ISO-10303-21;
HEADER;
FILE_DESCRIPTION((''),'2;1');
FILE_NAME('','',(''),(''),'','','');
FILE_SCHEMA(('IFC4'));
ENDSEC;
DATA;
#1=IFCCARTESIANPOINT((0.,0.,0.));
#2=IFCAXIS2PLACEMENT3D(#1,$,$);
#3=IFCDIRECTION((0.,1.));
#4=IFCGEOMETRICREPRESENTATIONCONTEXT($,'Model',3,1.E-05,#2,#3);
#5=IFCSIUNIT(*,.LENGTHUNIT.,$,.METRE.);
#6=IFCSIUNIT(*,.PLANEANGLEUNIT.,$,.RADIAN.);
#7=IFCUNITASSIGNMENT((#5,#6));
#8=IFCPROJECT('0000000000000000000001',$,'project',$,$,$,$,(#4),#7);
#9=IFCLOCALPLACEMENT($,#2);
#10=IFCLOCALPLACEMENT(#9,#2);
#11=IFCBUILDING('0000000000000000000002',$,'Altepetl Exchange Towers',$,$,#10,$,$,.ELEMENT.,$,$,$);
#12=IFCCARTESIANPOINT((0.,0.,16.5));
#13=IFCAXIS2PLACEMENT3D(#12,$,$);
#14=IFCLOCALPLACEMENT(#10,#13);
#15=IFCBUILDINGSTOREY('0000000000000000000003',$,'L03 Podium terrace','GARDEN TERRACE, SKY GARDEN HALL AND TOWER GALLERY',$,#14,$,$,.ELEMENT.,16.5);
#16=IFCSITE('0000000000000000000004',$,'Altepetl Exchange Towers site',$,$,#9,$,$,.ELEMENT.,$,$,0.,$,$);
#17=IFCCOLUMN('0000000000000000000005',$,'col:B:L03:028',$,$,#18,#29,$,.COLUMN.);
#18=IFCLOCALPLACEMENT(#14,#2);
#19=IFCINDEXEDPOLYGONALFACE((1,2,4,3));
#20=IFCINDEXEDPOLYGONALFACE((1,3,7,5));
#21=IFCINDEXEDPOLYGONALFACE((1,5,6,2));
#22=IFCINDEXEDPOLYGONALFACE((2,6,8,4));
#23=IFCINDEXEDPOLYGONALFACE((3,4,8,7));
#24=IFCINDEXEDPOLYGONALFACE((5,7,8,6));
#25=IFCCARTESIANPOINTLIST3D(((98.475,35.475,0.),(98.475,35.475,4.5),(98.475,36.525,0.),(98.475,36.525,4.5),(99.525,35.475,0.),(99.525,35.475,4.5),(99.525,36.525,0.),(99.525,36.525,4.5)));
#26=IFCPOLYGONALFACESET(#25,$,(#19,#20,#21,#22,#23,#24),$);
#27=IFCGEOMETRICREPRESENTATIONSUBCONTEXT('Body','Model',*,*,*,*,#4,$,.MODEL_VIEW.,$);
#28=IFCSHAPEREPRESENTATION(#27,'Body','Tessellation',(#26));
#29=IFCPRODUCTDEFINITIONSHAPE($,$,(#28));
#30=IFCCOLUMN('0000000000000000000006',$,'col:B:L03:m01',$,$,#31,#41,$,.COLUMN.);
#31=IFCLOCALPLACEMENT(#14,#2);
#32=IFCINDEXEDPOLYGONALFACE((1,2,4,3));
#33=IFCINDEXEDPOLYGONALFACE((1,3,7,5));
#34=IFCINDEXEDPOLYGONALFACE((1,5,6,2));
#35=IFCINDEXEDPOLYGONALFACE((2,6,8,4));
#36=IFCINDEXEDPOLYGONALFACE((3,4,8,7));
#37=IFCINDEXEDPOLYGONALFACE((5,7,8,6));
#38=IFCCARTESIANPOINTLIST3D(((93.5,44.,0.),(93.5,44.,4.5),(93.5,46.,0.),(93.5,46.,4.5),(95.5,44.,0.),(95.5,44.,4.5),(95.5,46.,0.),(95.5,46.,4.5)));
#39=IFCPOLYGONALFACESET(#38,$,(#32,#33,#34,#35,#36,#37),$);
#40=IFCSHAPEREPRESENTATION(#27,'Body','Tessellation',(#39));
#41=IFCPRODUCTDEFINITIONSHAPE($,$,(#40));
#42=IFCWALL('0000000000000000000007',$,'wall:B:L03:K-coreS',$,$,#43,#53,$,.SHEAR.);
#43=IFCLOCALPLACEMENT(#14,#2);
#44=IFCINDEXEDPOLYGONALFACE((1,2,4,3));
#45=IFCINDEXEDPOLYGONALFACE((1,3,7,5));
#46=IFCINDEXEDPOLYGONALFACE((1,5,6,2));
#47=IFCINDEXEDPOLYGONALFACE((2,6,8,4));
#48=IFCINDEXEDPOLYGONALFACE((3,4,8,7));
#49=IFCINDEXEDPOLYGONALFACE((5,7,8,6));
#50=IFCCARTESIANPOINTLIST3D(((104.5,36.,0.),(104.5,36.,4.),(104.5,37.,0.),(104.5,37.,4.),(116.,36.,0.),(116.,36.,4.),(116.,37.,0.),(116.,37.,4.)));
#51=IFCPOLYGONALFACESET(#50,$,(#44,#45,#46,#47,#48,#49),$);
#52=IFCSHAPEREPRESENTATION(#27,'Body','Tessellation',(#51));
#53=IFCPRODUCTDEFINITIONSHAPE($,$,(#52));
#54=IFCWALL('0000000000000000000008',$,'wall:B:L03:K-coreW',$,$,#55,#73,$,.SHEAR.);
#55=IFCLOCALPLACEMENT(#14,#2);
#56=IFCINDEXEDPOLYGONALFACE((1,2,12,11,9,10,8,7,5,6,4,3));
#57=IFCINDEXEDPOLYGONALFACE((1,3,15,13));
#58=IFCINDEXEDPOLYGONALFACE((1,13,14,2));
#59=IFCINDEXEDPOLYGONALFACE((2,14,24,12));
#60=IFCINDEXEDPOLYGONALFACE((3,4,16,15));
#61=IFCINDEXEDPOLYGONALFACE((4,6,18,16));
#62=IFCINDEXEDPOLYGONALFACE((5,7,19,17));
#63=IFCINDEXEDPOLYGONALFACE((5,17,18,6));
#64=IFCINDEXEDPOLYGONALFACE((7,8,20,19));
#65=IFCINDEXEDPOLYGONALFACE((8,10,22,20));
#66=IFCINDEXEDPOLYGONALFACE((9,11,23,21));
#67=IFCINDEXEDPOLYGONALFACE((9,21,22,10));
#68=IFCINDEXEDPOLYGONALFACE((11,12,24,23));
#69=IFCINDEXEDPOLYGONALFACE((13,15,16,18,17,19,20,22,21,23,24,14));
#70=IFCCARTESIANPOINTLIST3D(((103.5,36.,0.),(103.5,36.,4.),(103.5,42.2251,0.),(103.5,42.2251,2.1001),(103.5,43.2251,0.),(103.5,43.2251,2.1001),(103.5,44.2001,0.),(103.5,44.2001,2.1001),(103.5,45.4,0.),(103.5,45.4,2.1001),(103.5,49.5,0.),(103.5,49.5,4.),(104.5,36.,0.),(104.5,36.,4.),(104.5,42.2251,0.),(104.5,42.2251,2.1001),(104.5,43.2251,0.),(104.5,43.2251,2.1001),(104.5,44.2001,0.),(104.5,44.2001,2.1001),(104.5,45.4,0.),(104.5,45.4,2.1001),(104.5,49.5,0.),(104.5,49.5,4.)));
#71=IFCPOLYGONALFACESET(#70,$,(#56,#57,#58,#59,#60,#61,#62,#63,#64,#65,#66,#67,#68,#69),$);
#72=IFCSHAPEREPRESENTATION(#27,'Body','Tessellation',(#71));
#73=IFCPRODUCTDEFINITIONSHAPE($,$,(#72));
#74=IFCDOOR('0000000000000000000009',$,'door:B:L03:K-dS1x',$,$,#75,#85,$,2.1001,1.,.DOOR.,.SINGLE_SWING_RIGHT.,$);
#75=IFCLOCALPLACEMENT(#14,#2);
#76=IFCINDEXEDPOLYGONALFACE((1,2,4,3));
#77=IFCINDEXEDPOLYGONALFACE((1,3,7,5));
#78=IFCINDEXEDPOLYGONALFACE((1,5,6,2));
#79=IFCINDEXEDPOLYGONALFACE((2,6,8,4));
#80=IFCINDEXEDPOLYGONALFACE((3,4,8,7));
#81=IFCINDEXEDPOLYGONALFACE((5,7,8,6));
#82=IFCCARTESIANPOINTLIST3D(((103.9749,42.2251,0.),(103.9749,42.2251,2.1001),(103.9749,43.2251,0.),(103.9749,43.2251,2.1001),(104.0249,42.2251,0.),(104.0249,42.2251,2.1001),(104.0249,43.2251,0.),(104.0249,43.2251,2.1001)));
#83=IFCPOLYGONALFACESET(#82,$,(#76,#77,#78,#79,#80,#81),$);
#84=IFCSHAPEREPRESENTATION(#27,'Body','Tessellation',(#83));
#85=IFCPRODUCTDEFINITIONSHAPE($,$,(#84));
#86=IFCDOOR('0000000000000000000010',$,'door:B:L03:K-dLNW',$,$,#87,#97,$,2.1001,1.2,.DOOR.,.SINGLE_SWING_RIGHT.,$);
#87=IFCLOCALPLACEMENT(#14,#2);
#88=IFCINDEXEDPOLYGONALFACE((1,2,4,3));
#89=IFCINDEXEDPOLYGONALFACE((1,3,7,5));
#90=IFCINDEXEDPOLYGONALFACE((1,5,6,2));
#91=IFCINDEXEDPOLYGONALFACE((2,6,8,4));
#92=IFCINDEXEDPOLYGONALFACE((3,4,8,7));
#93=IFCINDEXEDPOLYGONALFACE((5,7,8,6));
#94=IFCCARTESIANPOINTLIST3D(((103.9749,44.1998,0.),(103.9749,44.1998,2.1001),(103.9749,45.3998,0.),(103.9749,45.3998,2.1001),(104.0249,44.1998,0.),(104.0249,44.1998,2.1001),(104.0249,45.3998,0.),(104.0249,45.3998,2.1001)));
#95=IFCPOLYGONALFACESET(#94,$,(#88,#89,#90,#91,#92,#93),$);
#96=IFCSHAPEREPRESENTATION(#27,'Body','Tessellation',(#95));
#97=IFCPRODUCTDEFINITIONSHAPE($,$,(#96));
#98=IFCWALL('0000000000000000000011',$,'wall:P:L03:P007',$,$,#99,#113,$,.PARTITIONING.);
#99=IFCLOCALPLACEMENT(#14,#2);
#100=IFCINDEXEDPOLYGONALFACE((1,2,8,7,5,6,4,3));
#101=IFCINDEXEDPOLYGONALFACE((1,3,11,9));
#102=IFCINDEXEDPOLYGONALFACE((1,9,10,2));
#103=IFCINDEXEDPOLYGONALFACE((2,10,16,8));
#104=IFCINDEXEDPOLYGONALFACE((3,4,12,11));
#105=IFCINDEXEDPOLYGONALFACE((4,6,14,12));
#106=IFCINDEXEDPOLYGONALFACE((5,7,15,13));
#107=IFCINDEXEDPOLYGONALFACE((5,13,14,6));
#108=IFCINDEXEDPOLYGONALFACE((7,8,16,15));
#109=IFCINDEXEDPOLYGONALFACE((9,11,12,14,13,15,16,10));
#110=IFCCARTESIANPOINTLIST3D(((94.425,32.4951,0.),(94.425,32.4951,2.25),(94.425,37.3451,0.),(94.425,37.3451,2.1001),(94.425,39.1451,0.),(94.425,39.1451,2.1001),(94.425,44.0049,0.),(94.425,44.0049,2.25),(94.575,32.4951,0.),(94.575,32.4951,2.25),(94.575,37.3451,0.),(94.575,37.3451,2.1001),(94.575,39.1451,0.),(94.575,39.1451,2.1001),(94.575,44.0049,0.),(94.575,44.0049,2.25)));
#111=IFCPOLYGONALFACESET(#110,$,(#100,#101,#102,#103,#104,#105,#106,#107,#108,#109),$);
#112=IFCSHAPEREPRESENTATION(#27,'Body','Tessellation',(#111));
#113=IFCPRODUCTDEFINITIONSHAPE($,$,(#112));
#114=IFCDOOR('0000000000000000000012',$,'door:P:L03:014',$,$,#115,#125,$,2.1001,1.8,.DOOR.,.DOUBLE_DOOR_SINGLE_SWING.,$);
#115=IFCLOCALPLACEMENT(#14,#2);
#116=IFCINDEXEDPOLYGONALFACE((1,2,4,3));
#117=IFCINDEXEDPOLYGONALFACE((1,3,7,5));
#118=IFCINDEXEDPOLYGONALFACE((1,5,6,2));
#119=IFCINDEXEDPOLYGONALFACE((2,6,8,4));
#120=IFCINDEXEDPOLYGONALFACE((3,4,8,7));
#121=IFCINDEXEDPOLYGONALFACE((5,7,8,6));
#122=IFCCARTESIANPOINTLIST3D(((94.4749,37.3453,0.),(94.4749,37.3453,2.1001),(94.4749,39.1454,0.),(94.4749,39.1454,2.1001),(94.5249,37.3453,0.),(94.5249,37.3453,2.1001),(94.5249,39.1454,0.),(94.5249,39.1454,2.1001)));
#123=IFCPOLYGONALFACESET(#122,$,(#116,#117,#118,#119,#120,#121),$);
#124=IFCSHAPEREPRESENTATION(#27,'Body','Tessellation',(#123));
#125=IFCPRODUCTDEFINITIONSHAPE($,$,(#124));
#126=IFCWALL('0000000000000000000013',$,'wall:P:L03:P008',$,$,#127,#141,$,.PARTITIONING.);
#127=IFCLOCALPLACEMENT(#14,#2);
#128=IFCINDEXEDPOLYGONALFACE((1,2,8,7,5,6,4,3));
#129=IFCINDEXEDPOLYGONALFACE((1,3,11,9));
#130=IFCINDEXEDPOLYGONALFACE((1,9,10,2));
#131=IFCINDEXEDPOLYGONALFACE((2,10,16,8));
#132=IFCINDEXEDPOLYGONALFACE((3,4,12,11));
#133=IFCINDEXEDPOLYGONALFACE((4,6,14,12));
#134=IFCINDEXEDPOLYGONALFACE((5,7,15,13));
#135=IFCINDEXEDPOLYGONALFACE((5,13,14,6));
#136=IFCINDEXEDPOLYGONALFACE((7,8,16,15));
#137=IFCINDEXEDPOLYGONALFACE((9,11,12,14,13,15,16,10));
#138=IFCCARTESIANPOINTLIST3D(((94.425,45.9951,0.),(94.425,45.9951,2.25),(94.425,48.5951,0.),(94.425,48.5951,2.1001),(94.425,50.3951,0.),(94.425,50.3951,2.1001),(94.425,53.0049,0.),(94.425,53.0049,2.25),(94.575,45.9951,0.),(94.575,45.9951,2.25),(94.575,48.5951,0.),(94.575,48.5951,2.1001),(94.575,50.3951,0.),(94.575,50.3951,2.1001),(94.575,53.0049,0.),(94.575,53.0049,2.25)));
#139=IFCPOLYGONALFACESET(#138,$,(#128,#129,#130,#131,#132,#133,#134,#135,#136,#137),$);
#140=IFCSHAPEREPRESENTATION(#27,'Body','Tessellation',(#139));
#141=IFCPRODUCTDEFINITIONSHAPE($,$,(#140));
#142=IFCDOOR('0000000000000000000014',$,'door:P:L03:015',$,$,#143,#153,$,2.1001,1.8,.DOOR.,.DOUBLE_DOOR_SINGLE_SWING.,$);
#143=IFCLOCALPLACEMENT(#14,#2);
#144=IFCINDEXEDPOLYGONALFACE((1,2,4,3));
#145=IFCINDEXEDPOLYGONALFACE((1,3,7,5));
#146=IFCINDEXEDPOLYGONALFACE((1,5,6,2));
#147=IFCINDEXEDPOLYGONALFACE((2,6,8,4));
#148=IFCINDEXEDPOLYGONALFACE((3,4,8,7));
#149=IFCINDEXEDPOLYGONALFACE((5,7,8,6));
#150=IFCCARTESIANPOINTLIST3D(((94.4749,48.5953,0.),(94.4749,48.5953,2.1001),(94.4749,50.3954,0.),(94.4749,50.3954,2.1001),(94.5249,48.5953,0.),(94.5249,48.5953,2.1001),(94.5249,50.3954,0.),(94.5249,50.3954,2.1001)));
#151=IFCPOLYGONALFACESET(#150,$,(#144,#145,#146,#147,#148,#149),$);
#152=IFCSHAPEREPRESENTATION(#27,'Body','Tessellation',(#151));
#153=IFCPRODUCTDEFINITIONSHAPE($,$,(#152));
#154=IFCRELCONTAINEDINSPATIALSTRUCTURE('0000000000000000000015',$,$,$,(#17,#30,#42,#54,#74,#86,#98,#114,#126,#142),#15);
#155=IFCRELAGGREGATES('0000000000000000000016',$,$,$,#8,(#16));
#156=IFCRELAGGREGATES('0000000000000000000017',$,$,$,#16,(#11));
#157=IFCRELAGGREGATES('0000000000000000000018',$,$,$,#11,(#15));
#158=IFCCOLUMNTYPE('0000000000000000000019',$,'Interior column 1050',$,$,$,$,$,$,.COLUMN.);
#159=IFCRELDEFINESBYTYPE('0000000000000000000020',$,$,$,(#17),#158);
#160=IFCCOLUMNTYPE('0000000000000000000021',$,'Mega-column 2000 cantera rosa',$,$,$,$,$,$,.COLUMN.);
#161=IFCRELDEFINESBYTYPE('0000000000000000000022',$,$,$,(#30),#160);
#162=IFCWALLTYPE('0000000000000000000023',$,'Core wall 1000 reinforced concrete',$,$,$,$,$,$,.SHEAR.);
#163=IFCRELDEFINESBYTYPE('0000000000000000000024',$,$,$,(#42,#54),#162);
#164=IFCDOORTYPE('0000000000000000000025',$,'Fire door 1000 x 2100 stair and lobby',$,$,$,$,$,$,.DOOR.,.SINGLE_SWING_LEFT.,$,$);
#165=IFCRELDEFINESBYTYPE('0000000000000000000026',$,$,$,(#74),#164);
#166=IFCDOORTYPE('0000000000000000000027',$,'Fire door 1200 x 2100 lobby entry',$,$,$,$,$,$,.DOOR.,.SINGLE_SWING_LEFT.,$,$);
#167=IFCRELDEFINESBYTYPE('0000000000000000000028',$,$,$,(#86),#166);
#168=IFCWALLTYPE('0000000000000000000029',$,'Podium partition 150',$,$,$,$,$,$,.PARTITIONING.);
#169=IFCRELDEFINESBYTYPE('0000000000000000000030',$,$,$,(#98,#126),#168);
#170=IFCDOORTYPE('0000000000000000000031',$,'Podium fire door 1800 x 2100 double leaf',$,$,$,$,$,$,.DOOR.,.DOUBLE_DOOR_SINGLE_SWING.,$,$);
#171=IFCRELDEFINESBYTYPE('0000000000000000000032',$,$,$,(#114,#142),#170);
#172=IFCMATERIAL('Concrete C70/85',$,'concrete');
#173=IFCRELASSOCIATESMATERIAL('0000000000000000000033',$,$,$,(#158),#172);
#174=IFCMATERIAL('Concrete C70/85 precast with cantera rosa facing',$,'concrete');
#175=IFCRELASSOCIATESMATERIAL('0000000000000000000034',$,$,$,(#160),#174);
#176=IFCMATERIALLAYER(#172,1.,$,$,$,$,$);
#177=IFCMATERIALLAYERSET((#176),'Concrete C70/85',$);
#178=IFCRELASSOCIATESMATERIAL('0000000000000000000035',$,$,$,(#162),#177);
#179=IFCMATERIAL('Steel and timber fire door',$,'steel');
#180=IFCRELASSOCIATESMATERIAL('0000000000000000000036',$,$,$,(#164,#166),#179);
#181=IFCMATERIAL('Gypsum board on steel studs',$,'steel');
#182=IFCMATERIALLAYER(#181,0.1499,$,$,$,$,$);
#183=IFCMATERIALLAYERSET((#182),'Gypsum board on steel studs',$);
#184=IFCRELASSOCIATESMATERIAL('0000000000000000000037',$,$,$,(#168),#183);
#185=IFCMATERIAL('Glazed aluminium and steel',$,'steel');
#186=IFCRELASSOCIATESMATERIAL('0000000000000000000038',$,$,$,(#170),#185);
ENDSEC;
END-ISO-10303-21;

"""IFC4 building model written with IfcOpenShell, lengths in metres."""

from ifc_helpers import new_model, si_unit, direction, frame, frame_2d, origin, origin_2d, place, context, subcontext, project, spatial, rectangle, extrude, material, layer, layer_set, material_profile, profile_set, type_object, element, fill, save


model = new_model("IFC4")

# Units and contexts
model_context = context("Model", 3, precision=1e-05, world=origin(), true_north=direction((0.0, 1.0)))
body_context = subcontext(model_context, "Body", "Model", "MODEL_VIEW")
ifc_project = project(units=[si_unit("LENGTHUNIT", "METRE"), si_unit("PLANEANGLEUNIT", "RADIAN")], contexts=[model_context])

# Site, building, storey
site_placement = place(None, origin())
site = spatial("IfcSite", under=ifc_project, at=site_placement, Name="Altepetl Exchange Towers site", CompositionType="ELEMENT", RefElevation=0.0)
building_placement = place(site_placement, origin())
building = spatial("IfcBuilding", under=site, at=building_placement, Name="Altepetl Exchange Towers", CompositionType="ELEMENT")
storey_placement = place(building_placement, frame((0.0, 0.0, 16.5)))
storey = spatial("IfcBuildingStorey", under=building, at=storey_placement, Name="L03 Podium terrace", Description="GARDEN TERRACE, SKY GARDEN HALL AND TOWER GALLERY", CompositionType="ELEMENT", Elevation=16.5)

# Columns
ifc_material_1 = material(Name="Concrete C70/85", Category="concrete")
ifc_material_profile_1 = material_profile(ifc_material_1, rectangle(XDim=1.05, YDim=1.05, at=origin_2d()), Name="1050 x 1050")
ifc_profile_set_1 = profile_set([ifc_material_profile_1], Name="Concrete C70/85")
column_type_1 = type_object("IfcColumnType", Name="Interior column 1050", PredefinedType="COLUMN", material=ifc_profile_set_1)
column_1_placement = place(storey_placement, frame((99.0, 36.0, 0.0)))
element("IfcColumn", 1, at=column_1_placement, inside=storey, type_object=column_type_1, Name="col:B:L03:028", PredefinedType="COLUMN", context=body_context, shape_type="SweptSolid", body=[
    extrude(rectangle(XDim=1.05, YDim=1.05, at=origin_2d()), origin(), (0.0, 0.0, 1.0), 4.5),
])
ifc_material_2 = material(Name="Concrete C70/85 precast with cantera rosa facing", Category="concrete")
ifc_material_profile_2 = material_profile(ifc_material_2, rectangle(XDim=2.0, YDim=2.0, at=origin_2d()), Name="2000 x 2000")
ifc_profile_set_2 = profile_set([ifc_material_profile_2], Name="Concrete C70/85 precast with cantera rosa facing")
column_type_2 = type_object("IfcColumnType", Name="Mega-column 2000 cantera rosa", PredefinedType="COLUMN", material=ifc_profile_set_2)
column_2_placement = place(storey_placement, frame((94.5, 45.0, 0.0)))
element("IfcColumn", 2, at=column_2_placement, inside=storey, type_object=column_type_2, Name="col:B:L03:m01", PredefinedType="COLUMN", context=body_context, shape_type="SweptSolid", body=[
    extrude(rectangle(XDim=2.0, YDim=2.0, at=origin_2d()), origin(), (0.0, 0.0, 1.0), 4.5),
])

# Wall
ifc_layer_1 = layer(ifc_material_1, 1.0)
ifc_layer_set_1 = layer_set([ifc_layer_1], Name="Concrete C70/85")
wall_type_1 = type_object("IfcWallType", Name="Core wall 1000 reinforced concrete", PredefinedType="SHEAR", material=ifc_layer_set_1)
wall_1_placement = place(storey_placement, frame((104.5, 36.5, 0.0)))
element("IfcWall", 3, at=wall_1_placement, inside=storey, type_object=wall_type_1, Name="wall:B:L03:K-coreS", PredefinedType="SHEAR", context=body_context, shape_type="SweptSolid", body=[
    extrude(rectangle(XDim=11.5, YDim=1.0, at=frame_2d((5.75, 0.0))), origin(), (0.0, 0.0, 1.0), 4.0),
])

# Wall, openings, doors
wall_2_placement = place(storey_placement, frame((104.0, 36.0, 0.0), z_axis=(0.0, 0.0, 1.0), x_axis=(0.0, 1.0, 0.0)))
wall_2 = element("IfcWall", 4, at=wall_2_placement, inside=storey, type_object=wall_type_1, Name="wall:B:L03:K-coreW", PredefinedType="SHEAR", context=body_context, shape_type="SweptSolid", body=[
    extrude(rectangle(XDim=13.5, YDim=1.0, at=frame_2d((6.75, 0.0))), origin(), (0.0, 0.0, 1.0), 4.0),
])
opening_1_placement = place(wall_2_placement, frame((8.2, 0.0, 0.0)))
opening_1 = element("IfcOpeningElement", 5, at=opening_1_placement, cuts=wall_2, PredefinedType="OPENING", context=body_context, shape_type="SweptSolid", body=[
    extrude(rectangle(XDim=1.2, YDim=2.1001, at=frame_2d((0.6001, 1.05))), frame((0.0, 0.51, 0.0), z_axis=(0.0, -1.0, 0.0), x_axis=(1.0, 0.0, 0.0)), (0.0, 0.0, 1.0), 1.02),
])
opening_2_placement = place(wall_2_placement, frame((6.2251, 0.0, 0.0)))
opening_2 = element("IfcOpeningElement", 6, at=opening_2_placement, cuts=wall_2, PredefinedType="OPENING", context=body_context, shape_type="SweptSolid", body=[
    extrude(rectangle(XDim=1.0, YDim=2.1001, at=frame_2d((0.5, 1.05))), frame((0.0, 0.51, 0.0), z_axis=(0.0, -1.0, 0.0), x_axis=(1.0, 0.0, 0.0)), (0.0, 0.0, 1.0), 1.02),
])
ifc_material_3 = material(Name="Steel and timber fire door", Category="steel")
door_type_1 = type_object("IfcDoorType", Name="Fire door 1000 x 2100 stair and lobby", OperationType="SINGLE_SWING_LEFT", PredefinedType="DOOR", material=ifc_material_3)
door_1_placement = place(opening_2_placement, frame((1.0, 0.0, 0.0), x_axis=(-1.0, 0.0, 0.0)))
door_1 = element("IfcDoor", 7, at=door_1_placement, inside=storey, type_object=door_type_1, Name="door:B:L03:K-dS1x", OperationType="SINGLE_SWING_RIGHT", OverallHeight=2.1001, OverallWidth=1.0, PredefinedType="DOOR", context=body_context, shape_type="SweptSolid", body=[
    extrude(rectangle(XDim=1.0, YDim=2.1001, at=frame_2d((0.5, 1.05))), frame((0.0, 0.0249, 0.0), z_axis=(0.0, -1.0, 0.0), x_axis=(1.0, 0.0, 0.0)), (0.0, 0.0, 1.0), 0.05),
])
fill(opening_2, door_1)
door_type_2 = type_object("IfcDoorType", Name="Fire door 1200 x 2100 lobby entry", OperationType="SINGLE_SWING_LEFT", PredefinedType="DOOR", material=ifc_material_3)
door_2_placement = place(opening_1_placement, frame((1.2, 0.0, 0.0), x_axis=(-1.0, 0.0, 0.0)))
door_2 = element("IfcDoor", 8, at=door_2_placement, inside=storey, type_object=door_type_2, Name="door:B:L03:K-dLNW", OperationType="SINGLE_SWING_RIGHT", OverallHeight=2.1001, OverallWidth=1.2, PredefinedType="DOOR", context=body_context, shape_type="SweptSolid", body=[
    extrude(rectangle(XDim=1.2, YDim=2.1001, at=frame_2d((0.6001, 1.05))), frame((0.0, 0.0249, 0.0), z_axis=(0.0, -1.0, 0.0), x_axis=(1.0, 0.0, 0.0)), (0.0, 0.0, 1.0), 0.05),
])
fill(opening_1, door_2)

# Walls, openings, doors
ifc_material_4 = material(Name="Gypsum board on steel studs", Category="steel")
ifc_layer_2 = layer(ifc_material_4, 0.1499)
ifc_layer_set_2 = layer_set([ifc_layer_2], Name="Gypsum board on steel studs")
wall_type_2 = type_object("IfcWallType", Name="Podium partition 150", PredefinedType="PARTITIONING", material=ifc_layer_set_2)
wall_3_placement = place(storey_placement, frame((94.5, 32.4951, 0.0), z_axis=(0.0, 0.0, 1.0), x_axis=(0.0, 1.0, 0.0)))
wall_3 = element("IfcWall", 9, at=wall_3_placement, inside=storey, type_object=wall_type_2, Name="wall:P:L03:P007", PredefinedType="PARTITIONING", context=body_context, shape_type="SweptSolid", body=[
    extrude(rectangle(XDim=11.5098, YDim=0.1499, at=frame_2d((5.7549, 0.0))), origin(), (0.0, 0.0, 1.0), 2.25),
])
opening_3_placement = place(wall_3_placement, frame((4.8501, 0.0, 0.0)))
opening_3 = element("IfcOpeningElement", 10, at=opening_3_placement, cuts=wall_3, PredefinedType="OPENING", context=body_context, shape_type="SweptSolid", body=[
    extrude(rectangle(XDim=1.8, YDim=2.1001, at=frame_2d((0.8999, 1.05))), frame((0.0, 0.085, 0.0), z_axis=(0.0, -1.0, 0.0), x_axis=(1.0, 0.0, 0.0)), (0.0, 0.0, 1.0), 0.1699),
])
ifc_material_5 = material(Name="Glazed aluminium and steel", Category="steel")
door_type_3 = type_object("IfcDoorType", Name="Podium fire door 1800 x 2100 double leaf", OperationType="DOUBLE_DOOR_SINGLE_SWING", PredefinedType="DOOR", material=ifc_material_5)
door_3_placement = place(opening_3_placement, frame((1.8, 0.0, 0.0), x_axis=(-1.0, 0.0, 0.0)))
door_3 = element("IfcDoor", 11, at=door_3_placement, inside=storey, type_object=door_type_3, Name="door:P:L03:014", OperationType="DOUBLE_DOOR_SINGLE_SWING", OverallHeight=2.1001, OverallWidth=1.8, PredefinedType="DOOR", context=body_context, shape_type="SweptSolid", body=[
    extrude(rectangle(XDim=1.8, YDim=2.1001, at=frame_2d((0.8999, 1.05))), frame((0.0, 0.0249, 0.0), z_axis=(0.0, -1.0, 0.0), x_axis=(1.0, 0.0, 0.0)), (0.0, 0.0, 1.0), 0.05),
])
fill(opening_3, door_3)
wall_4_placement = place(storey_placement, frame((94.5, 45.9951, 0.0), z_axis=(0.0, 0.0, 1.0), x_axis=(0.0, 1.0, 0.0)))
wall_4 = element("IfcWall", 12, at=wall_4_placement, inside=storey, type_object=wall_type_2, Name="wall:P:L03:P008", PredefinedType="PARTITIONING", context=body_context, shape_type="SweptSolid", body=[
    extrude(rectangle(XDim=7.0098, YDim=0.1499, at=frame_2d((3.5049, 0.0))), origin(), (0.0, 0.0, 1.0), 2.25),
])
opening_4_placement = place(wall_4_placement, frame((2.6001, 0.0, 0.0)))
opening_4 = element("IfcOpeningElement", 13, at=opening_4_placement, cuts=wall_4, PredefinedType="OPENING", context=body_context, shape_type="SweptSolid", body=[
    extrude(rectangle(XDim=1.8, YDim=2.1001, at=frame_2d((0.8999, 1.05))), frame((0.0, 0.085, 0.0), z_axis=(0.0, -1.0, 0.0), x_axis=(1.0, 0.0, 0.0)), (0.0, 0.0, 1.0), 0.1699),
])
door_4_placement = place(opening_4_placement, frame((1.8, 0.0, 0.0), x_axis=(-1.0, 0.0, 0.0)))
door_4 = element("IfcDoor", 14, at=door_4_placement, inside=storey, type_object=door_type_3, Name="door:P:L03:015", OperationType="DOUBLE_DOOR_SINGLE_SWING", OverallHeight=2.1001, OverallWidth=1.8, PredefinedType="DOOR", context=body_context, shape_type="SweptSolid", body=[
    extrude(rectangle(XDim=1.8, YDim=2.1001, at=frame_2d((0.8999, 1.05))), frame((0.0, 0.0249, 0.0), z_axis=(0.0, -1.0, 0.0), x_axis=(1.0, 0.0, 0.0)), (0.0, 0.0, 1.0), 0.05),
])
fill(opening_4, door_4)

save(model, "model.ifc")
